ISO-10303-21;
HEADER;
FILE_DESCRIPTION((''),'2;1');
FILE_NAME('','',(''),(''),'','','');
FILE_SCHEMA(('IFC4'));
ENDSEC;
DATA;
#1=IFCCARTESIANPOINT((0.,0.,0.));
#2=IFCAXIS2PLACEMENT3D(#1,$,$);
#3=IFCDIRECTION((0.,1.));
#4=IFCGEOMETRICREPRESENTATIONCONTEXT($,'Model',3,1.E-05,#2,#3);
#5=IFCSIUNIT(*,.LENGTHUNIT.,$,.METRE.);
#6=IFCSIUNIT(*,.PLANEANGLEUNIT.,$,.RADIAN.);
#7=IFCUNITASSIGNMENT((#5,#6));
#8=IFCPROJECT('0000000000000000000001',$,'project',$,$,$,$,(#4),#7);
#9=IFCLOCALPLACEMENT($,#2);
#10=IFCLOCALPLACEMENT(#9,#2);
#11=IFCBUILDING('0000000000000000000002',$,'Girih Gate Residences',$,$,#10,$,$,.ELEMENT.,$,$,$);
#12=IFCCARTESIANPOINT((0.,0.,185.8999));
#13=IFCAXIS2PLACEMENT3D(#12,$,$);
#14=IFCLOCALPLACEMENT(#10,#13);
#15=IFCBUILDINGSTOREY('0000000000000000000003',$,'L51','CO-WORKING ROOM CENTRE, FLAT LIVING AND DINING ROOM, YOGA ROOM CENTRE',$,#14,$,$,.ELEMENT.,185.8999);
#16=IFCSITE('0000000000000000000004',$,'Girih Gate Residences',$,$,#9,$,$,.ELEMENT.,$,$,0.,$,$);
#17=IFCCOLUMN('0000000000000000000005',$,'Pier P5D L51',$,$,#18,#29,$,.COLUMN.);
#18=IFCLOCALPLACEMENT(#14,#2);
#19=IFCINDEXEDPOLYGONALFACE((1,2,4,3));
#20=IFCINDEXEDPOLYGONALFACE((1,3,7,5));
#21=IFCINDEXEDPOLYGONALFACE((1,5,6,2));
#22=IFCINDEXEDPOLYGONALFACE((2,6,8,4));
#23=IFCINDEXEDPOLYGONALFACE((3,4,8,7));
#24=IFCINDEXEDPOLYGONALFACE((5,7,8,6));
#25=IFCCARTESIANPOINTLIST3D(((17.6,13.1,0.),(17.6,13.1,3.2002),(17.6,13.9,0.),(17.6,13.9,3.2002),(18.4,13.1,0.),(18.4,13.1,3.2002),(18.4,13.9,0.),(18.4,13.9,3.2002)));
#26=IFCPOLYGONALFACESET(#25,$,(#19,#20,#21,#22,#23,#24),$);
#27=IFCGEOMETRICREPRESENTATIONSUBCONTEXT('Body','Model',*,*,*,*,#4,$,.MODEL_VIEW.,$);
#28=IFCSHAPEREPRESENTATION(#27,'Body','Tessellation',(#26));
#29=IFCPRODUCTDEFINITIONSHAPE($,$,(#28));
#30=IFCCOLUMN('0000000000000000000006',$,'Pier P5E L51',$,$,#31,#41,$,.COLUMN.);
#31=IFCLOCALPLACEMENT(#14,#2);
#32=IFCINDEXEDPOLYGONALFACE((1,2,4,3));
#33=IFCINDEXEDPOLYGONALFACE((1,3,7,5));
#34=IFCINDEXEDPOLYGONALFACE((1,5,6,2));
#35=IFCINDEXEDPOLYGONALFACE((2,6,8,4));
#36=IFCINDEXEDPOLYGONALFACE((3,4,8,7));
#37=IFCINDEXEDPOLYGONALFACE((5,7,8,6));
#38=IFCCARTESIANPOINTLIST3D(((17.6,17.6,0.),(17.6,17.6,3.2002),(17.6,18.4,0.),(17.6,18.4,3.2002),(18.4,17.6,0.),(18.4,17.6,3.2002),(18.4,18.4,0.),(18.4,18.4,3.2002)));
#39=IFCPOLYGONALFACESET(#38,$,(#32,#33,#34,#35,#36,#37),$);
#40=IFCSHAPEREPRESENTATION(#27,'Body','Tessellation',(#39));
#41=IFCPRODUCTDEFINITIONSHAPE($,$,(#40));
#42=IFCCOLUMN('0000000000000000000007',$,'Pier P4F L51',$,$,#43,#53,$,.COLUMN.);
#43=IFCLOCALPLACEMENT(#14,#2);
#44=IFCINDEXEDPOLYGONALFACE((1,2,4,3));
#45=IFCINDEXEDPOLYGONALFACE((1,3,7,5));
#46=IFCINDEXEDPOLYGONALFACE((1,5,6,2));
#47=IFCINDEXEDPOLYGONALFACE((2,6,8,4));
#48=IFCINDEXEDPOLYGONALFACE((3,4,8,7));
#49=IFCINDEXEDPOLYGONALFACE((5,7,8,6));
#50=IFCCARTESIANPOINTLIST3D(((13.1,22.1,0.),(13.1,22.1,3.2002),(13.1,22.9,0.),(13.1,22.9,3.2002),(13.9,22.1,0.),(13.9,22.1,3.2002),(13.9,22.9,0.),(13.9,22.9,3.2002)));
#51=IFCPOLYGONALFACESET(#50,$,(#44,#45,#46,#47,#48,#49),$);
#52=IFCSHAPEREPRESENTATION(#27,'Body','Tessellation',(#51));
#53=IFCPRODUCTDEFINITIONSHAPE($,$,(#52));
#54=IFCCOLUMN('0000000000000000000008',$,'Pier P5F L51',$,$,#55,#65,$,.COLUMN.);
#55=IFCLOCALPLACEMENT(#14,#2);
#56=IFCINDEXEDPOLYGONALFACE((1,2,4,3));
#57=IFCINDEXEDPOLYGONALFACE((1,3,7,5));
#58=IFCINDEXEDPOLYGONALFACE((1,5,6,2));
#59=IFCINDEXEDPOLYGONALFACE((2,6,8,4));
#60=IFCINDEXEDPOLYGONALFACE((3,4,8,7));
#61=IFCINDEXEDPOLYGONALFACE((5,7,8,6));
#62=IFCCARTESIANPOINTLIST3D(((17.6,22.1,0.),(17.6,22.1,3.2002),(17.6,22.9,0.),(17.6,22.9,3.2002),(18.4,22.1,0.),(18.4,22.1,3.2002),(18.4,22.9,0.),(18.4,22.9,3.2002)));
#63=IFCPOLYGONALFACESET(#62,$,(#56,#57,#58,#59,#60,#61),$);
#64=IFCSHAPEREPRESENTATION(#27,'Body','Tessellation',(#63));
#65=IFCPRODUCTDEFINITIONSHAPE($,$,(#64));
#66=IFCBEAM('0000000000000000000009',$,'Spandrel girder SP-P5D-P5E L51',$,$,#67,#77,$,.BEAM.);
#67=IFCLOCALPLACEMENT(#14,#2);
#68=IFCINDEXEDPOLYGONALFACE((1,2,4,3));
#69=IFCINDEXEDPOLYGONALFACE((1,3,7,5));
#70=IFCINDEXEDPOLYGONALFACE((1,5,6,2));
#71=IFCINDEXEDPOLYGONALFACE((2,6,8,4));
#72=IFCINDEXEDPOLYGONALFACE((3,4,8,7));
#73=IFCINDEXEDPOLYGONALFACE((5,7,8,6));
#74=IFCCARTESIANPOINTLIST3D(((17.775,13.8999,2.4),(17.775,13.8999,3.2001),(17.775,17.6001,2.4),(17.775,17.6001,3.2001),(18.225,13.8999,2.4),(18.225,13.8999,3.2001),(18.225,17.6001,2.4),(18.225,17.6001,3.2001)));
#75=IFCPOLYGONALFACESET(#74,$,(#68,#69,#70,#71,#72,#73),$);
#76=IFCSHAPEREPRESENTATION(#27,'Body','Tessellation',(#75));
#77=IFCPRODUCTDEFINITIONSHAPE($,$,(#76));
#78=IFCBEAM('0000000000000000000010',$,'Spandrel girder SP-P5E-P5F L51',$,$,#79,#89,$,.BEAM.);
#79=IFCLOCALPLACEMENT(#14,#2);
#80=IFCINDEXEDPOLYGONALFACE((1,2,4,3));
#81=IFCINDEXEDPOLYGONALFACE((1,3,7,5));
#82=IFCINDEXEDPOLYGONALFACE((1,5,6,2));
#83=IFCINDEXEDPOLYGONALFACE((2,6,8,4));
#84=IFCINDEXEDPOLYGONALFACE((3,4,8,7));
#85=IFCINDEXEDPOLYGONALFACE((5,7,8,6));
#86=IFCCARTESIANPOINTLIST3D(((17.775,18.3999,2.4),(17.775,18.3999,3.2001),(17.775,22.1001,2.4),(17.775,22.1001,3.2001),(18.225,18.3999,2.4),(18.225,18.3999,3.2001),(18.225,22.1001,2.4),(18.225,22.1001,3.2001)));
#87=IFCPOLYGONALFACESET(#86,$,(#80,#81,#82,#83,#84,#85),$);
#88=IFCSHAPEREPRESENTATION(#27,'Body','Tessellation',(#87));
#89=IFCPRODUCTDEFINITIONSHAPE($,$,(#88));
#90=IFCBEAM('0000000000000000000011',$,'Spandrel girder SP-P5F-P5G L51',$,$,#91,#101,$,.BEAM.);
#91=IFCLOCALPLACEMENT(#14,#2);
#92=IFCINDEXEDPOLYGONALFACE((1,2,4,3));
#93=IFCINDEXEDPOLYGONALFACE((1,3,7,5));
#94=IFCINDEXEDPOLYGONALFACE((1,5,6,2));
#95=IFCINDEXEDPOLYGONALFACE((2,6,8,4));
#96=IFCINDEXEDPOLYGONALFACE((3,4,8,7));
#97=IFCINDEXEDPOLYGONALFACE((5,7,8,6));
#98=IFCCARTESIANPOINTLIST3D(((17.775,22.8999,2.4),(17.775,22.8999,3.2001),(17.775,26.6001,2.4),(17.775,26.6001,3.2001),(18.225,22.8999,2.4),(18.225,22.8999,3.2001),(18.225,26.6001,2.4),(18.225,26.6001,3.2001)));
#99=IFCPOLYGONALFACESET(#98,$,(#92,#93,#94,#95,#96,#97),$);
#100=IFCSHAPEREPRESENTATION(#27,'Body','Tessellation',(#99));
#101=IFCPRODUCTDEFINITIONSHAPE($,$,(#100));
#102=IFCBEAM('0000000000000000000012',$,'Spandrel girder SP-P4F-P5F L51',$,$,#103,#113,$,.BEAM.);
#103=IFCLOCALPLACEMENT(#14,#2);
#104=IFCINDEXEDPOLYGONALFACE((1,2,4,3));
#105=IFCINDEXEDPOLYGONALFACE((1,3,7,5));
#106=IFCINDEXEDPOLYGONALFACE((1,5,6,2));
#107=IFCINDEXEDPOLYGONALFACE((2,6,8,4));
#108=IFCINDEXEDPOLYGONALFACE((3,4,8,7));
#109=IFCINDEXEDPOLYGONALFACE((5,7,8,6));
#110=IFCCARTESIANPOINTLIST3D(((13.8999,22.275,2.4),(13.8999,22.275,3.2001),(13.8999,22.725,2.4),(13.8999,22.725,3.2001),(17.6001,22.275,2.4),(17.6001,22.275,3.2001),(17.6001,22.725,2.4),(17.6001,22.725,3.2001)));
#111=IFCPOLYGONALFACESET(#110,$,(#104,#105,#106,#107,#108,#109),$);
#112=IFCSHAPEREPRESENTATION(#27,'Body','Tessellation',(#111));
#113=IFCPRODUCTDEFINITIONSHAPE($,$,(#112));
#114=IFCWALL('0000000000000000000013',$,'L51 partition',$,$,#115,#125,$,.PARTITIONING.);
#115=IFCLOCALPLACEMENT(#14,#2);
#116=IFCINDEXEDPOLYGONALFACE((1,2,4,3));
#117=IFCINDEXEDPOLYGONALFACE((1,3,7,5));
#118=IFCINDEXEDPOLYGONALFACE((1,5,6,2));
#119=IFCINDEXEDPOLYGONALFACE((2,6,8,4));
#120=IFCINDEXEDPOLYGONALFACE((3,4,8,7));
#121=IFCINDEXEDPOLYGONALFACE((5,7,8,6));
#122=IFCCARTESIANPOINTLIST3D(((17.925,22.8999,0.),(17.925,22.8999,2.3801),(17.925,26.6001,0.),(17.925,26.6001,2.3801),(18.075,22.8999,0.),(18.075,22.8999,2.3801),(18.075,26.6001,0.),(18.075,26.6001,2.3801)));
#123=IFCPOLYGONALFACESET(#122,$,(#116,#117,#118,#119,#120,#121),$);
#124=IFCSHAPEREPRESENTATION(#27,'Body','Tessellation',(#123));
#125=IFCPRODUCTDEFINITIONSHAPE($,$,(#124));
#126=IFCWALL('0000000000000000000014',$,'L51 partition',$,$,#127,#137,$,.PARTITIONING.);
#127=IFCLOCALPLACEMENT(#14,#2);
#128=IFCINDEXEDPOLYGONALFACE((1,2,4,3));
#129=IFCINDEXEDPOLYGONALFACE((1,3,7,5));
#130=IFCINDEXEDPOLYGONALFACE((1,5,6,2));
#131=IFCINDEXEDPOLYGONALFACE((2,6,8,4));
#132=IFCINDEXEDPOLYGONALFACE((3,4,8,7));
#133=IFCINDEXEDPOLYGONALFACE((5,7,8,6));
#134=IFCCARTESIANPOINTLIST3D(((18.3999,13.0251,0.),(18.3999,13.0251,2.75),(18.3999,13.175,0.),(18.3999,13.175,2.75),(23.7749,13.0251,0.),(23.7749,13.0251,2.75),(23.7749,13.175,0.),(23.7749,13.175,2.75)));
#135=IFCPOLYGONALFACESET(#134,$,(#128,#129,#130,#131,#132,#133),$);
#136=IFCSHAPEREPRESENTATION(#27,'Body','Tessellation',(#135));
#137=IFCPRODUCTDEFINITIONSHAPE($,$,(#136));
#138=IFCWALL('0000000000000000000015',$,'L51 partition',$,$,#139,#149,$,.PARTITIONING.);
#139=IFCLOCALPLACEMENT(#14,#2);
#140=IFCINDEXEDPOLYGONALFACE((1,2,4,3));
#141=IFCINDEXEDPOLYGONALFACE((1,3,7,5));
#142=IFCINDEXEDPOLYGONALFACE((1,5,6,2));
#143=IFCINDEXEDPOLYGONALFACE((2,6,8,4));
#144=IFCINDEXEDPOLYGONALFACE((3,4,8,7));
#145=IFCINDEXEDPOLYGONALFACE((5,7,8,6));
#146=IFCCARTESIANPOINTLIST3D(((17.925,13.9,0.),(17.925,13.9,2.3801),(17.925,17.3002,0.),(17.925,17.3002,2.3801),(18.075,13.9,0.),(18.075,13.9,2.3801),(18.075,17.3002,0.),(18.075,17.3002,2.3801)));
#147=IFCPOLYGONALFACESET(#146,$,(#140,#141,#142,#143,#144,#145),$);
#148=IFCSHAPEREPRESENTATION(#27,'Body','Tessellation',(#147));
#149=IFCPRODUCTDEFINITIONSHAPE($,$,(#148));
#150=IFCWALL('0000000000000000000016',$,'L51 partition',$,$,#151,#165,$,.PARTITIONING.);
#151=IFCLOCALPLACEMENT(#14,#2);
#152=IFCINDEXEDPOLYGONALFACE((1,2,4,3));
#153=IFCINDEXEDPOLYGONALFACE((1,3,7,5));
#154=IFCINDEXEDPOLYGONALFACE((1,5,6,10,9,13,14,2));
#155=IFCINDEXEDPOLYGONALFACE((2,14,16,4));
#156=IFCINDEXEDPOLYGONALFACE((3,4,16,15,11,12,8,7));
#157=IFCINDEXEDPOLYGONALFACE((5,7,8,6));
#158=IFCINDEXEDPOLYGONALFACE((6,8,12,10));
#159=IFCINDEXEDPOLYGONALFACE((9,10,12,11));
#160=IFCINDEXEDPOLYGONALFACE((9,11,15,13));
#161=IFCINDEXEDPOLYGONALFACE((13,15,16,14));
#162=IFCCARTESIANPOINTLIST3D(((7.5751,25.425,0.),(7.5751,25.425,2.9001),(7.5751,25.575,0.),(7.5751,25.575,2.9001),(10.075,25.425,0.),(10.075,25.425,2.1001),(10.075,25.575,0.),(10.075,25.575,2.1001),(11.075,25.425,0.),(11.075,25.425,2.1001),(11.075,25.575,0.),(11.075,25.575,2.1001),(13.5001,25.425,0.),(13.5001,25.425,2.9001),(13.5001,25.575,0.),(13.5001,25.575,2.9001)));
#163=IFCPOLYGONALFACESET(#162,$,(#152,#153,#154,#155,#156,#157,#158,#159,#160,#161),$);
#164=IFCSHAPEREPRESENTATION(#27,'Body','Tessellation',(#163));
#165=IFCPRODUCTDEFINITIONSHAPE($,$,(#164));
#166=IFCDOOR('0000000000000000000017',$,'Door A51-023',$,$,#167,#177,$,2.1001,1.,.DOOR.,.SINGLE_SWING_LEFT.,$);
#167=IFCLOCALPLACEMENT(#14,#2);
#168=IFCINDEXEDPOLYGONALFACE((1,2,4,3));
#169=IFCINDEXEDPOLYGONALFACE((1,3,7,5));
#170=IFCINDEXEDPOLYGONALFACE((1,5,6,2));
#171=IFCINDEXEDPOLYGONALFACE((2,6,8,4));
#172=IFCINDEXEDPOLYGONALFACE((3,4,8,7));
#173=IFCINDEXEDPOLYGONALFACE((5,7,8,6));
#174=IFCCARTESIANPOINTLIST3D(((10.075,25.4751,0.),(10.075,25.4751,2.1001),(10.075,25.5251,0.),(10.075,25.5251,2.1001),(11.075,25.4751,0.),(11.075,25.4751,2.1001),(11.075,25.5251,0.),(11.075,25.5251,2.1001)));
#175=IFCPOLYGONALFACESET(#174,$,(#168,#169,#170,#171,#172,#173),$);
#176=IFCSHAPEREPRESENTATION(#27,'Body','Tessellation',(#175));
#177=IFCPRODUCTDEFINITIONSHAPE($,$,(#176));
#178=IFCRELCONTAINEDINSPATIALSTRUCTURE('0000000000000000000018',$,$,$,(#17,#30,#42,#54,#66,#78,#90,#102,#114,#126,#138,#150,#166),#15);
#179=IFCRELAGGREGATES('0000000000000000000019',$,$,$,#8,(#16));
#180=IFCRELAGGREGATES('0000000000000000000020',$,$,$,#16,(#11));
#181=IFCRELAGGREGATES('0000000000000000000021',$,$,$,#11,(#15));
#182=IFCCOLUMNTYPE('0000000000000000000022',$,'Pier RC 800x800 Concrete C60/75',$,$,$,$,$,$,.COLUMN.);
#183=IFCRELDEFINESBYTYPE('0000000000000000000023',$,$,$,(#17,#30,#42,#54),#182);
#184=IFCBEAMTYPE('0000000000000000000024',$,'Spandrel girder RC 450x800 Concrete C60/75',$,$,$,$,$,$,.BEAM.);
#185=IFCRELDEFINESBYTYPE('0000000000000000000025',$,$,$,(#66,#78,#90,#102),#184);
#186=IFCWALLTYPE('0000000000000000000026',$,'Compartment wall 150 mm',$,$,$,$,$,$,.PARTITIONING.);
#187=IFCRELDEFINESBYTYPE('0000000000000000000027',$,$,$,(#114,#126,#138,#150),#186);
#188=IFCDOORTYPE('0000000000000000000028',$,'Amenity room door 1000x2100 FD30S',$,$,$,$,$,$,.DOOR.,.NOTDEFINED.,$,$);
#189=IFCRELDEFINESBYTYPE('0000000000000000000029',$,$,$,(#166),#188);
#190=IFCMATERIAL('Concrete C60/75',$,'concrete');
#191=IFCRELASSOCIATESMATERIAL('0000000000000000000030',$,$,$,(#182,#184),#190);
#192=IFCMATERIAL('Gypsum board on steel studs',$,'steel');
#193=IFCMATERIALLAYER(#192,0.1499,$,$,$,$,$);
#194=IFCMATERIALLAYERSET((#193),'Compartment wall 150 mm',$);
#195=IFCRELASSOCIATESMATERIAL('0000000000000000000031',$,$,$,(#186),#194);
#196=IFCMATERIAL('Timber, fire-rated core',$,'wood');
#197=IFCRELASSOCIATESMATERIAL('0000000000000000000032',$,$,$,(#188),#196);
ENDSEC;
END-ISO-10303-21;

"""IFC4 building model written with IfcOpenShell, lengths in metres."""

from ifc_helpers import new_model, si_unit, direction, frame, frame_2d, origin, origin_2d, place, context, subcontext, project, spatial, rectangle, extrude, material, layer, layer_set, material_profile, profile_set, type_object, element, fill, save


model = new_model("IFC4")

# Units and contexts
model_context = context("Model", 3, precision=1e-05, world=origin(), true_north=direction((0.0, 1.0)))
body_context = subcontext(model_context, "Body", "Model", "MODEL_VIEW")
ifc_project = project(units=[si_unit("LENGTHUNIT", "METRE"), si_unit("PLANEANGLEUNIT", "RADIAN")], contexts=[model_context])

# Site, building, storey
site_placement = place(None, origin())
site = spatial("IfcSite", under=ifc_project, at=site_placement, Name="Girih Gate Residences", CompositionType="ELEMENT", RefElevation=0.0)
building_placement = place(site_placement, origin())
building = spatial("IfcBuilding", under=site, at=building_placement, Name="Girih Gate Residences", CompositionType="ELEMENT")
storey_placement = place(building_placement, frame((0.0, 0.0, 185.8999)))
storey = spatial("IfcBuildingStorey", under=building, at=storey_placement, Name="L51", Description="CO-WORKING ROOM CENTRE, FLAT LIVING AND DINING ROOM, YOGA ROOM CENTRE", CompositionType="ELEMENT", Elevation=185.8999)

# Columns
ifc_material_1 = material(Name="Concrete C60/75", Category="concrete")
ifc_material_profile_1 = material_profile(ifc_material_1, rectangle(XDim=0.8, YDim=0.8, at=origin_2d()))
ifc_profile_set_1 = profile_set([ifc_material_profile_1], Name="Concrete C60/75")
column_type = type_object("IfcColumnType", Name="Pier RC 800x800 Concrete C60/75", PredefinedType="COLUMN", material=ifc_profile_set_1)
for number, where, z_axis, x_axis, name in (
    (1, (18.0, 13.5, 0.0), (0.0, 0.0, 1.0), (1.0, 0.0, 0.0), "Pier P5D L51"),
    (2, (18.0, 18.0, 0.0), (0.0, 0.0, 1.0), (1.0, 0.0, 0.0), "Pier P5E L51"),
    (3, (13.5, 22.5, 0.0), (0.0, 0.0, 1.0), (1.0, 0.0, 0.0), "Pier P4F L51"),
    (4, (18.0, 22.5, 0.0), (0.0, 0.0, 1.0), (1.0, 0.0, 0.0), "Pier P5F L51"),
):
    element("IfcColumn", number, at=place(storey_placement, frame(where, z_axis=z_axis, x_axis=x_axis)), inside=storey, type_object=column_type, Name=name, PredefinedType="COLUMN", context=body_context, shape_type="SweptSolid", body=[
        extrude(rectangle(XDim=0.8, YDim=0.8, at=origin_2d()), origin(), (0.0, 0.0, 1.0), 3.2002),
    ])

# Beams
ifc_material_profile_2 = material_profile(ifc_material_1, rectangle(XDim=0.45, YDim=0.8, at=origin_2d()))
ifc_profile_set_2 = profile_set([ifc_material_profile_2], Name="Concrete C60/75")
beam_type = type_object("IfcBeamType", Name="Spandrel girder RC 450x800 Concrete C60/75", PredefinedType="BEAM", material=ifc_profile_set_2)
for number, where, z_axis, x_axis, name in (
    (5, (18.0, 13.8999, 2.8), (0.0, 1.0, 0.0), (-1.0, 0.0, 0.0), "Spandrel girder SP-P5D-P5E L51"),
    (6, (18.0, 18.3999, 2.8), (0.0, 1.0, 0.0), (-1.0, 0.0, 0.0), "Spandrel girder SP-P5E-P5F L51"),
    (7, (18.0, 22.8999, 2.8), (0.0, 1.0, 0.0), (-1.0, 0.0, 0.0), "Spandrel girder SP-P5F-P5G L51"),
    (8, (13.8999, 22.5, 2.8), (1.0, 0.0, 0.0), (0.0, 1.0, 0.0), "Spandrel girder SP-P4F-P5F L51"),
):
    element("IfcBeam", number, at=place(storey_placement, frame(where, z_axis=z_axis, x_axis=x_axis)), inside=storey, type_object=beam_type, Name=name, PredefinedType="BEAM", context=body_context, shape_type="SweptSolid", body=[
        extrude(rectangle(XDim=0.45, YDim=0.8, at=origin_2d()), origin(), (0.0, 0.0, 1.0), 3.7002),
    ])

# Walls
ifc_material_2 = material(Name="Gypsum board on steel studs", Category="steel")
ifc_layer_1 = layer(ifc_material_2, 0.1499)
ifc_layer_set_1 = layer_set([ifc_layer_1], Name="Compartment wall 150 mm")
wall_type_1 = type_object("IfcWallType", Name="Compartment wall 150 mm", PredefinedType="PARTITIONING", material=ifc_layer_set_1)
wall_1_placement = place(storey_placement, frame((18.0, 22.8999, 0.0), z_axis=(0.0, 0.0, 1.0), x_axis=(0.0, 1.0, 0.0)))
element("IfcWall", 9, at=wall_1_placement, inside=storey, type_object=wall_type_1, Name="L51 partition", PredefinedType="PARTITIONING", context=body_context, shape_type="SweptSolid", body=[
    extrude(rectangle(XDim=3.7002, YDim=0.1499, at=frame_2d((1.8501, 0.0))), origin(), (0.0, 0.0, 1.0), 2.3801),
])
wall_2_placement = place(storey_placement, frame((18.3999, 13.1001, 0.0), z_axis=(0.0, 0.0, 1.0), x_axis=(1.0, 0.0, 0.0)))
element("IfcWall", 10, at=wall_2_placement, inside=storey, type_object=wall_type_1, Name="L51 partition", PredefinedType="PARTITIONING", context=body_context, shape_type="SweptSolid", body=[
    extrude(rectangle(XDim=5.375, YDim=0.1499, at=frame_2d((2.6875, 0.0))), origin(), (0.0, 0.0, 1.0), 2.75),
])
wall_3_placement = place(storey_placement, frame((18.0, 13.8999, 0.0), z_axis=(0.0, 0.0, 1.0), x_axis=(0.0, 1.0, 0.0)))
element("IfcWall", 11, at=wall_3_placement, inside=storey, type_object=wall_type_1, Name="L51 partition", PredefinedType="PARTITIONING", context=body_context, shape_type="SweptSolid", body=[
    extrude(rectangle(XDim=3.4001, YDim=0.1499, at=frame_2d((1.7002, 0.0))), origin(), (0.0, 0.0, 1.0), 2.3801),
])

# Wall, opening, door
wall_4_placement = place(storey_placement, frame((13.5, 25.5, 0.0), z_axis=(0.0, 0.0, 1.0), x_axis=(-1.0, 0.0, 0.0)))
wall_4 = element("IfcWall", 12, at=wall_4_placement, inside=storey, type_object=wall_type_1, Name="L51 partition", PredefinedType="PARTITIONING", context=body_context, shape_type="SweptSolid", body=[
    extrude(rectangle(XDim=5.925, YDim=0.1499, at=frame_2d((2.9624, 0.0))), origin(), (0.0, 0.0, 1.0), 2.9001),
])
opening_1_placement = place(wall_4_placement, frame((2.425, 0.0, 0.0)))
opening_1 = element("IfcOpeningElement", 13, at=opening_1_placement, cuts=wall_4, PredefinedType="OPENING", context=body_context, shape_type="SweptSolid", body=[
    extrude(rectangle(XDim=1.0, YDim=2.1001, at=frame_2d((0.5, 1.05))), frame((0.0, 0.085, 0.0), z_axis=(0.0, -1.0, 0.0), x_axis=(1.0, 0.0, 0.0)), (0.0, 0.0, 1.0), 0.1699),
])
ifc_material_3 = material(Name="Timber, fire-rated core", Category="wood")
door_type = type_object("IfcDoorType", Name="Amenity room door 1000x2100 FD30S", OperationType="NOTDEFINED", PredefinedType="DOOR", material=ifc_material_3)
door_1_placement = place(opening_1_placement, origin())
door_1 = element("IfcDoor", 14, at=door_1_placement, inside=storey, type_object=door_type, Name="Door A51-023", OperationType="SINGLE_SWING_LEFT", OverallHeight=2.1001, OverallWidth=1.0, PredefinedType="DOOR", context=body_context, shape_type="SweptSolid", body=[
    extrude(rectangle(XDim=1.0, YDim=2.1001, at=frame_2d((0.5, 1.05))), frame((0.0, 0.0249, 0.0), z_axis=(0.0, -1.0, 0.0), x_axis=(1.0, 0.0, 0.0)), (0.0, 0.0, 1.0), 0.05),
])
fill(opening_1, door_1)

save(model, "model.ifc")
